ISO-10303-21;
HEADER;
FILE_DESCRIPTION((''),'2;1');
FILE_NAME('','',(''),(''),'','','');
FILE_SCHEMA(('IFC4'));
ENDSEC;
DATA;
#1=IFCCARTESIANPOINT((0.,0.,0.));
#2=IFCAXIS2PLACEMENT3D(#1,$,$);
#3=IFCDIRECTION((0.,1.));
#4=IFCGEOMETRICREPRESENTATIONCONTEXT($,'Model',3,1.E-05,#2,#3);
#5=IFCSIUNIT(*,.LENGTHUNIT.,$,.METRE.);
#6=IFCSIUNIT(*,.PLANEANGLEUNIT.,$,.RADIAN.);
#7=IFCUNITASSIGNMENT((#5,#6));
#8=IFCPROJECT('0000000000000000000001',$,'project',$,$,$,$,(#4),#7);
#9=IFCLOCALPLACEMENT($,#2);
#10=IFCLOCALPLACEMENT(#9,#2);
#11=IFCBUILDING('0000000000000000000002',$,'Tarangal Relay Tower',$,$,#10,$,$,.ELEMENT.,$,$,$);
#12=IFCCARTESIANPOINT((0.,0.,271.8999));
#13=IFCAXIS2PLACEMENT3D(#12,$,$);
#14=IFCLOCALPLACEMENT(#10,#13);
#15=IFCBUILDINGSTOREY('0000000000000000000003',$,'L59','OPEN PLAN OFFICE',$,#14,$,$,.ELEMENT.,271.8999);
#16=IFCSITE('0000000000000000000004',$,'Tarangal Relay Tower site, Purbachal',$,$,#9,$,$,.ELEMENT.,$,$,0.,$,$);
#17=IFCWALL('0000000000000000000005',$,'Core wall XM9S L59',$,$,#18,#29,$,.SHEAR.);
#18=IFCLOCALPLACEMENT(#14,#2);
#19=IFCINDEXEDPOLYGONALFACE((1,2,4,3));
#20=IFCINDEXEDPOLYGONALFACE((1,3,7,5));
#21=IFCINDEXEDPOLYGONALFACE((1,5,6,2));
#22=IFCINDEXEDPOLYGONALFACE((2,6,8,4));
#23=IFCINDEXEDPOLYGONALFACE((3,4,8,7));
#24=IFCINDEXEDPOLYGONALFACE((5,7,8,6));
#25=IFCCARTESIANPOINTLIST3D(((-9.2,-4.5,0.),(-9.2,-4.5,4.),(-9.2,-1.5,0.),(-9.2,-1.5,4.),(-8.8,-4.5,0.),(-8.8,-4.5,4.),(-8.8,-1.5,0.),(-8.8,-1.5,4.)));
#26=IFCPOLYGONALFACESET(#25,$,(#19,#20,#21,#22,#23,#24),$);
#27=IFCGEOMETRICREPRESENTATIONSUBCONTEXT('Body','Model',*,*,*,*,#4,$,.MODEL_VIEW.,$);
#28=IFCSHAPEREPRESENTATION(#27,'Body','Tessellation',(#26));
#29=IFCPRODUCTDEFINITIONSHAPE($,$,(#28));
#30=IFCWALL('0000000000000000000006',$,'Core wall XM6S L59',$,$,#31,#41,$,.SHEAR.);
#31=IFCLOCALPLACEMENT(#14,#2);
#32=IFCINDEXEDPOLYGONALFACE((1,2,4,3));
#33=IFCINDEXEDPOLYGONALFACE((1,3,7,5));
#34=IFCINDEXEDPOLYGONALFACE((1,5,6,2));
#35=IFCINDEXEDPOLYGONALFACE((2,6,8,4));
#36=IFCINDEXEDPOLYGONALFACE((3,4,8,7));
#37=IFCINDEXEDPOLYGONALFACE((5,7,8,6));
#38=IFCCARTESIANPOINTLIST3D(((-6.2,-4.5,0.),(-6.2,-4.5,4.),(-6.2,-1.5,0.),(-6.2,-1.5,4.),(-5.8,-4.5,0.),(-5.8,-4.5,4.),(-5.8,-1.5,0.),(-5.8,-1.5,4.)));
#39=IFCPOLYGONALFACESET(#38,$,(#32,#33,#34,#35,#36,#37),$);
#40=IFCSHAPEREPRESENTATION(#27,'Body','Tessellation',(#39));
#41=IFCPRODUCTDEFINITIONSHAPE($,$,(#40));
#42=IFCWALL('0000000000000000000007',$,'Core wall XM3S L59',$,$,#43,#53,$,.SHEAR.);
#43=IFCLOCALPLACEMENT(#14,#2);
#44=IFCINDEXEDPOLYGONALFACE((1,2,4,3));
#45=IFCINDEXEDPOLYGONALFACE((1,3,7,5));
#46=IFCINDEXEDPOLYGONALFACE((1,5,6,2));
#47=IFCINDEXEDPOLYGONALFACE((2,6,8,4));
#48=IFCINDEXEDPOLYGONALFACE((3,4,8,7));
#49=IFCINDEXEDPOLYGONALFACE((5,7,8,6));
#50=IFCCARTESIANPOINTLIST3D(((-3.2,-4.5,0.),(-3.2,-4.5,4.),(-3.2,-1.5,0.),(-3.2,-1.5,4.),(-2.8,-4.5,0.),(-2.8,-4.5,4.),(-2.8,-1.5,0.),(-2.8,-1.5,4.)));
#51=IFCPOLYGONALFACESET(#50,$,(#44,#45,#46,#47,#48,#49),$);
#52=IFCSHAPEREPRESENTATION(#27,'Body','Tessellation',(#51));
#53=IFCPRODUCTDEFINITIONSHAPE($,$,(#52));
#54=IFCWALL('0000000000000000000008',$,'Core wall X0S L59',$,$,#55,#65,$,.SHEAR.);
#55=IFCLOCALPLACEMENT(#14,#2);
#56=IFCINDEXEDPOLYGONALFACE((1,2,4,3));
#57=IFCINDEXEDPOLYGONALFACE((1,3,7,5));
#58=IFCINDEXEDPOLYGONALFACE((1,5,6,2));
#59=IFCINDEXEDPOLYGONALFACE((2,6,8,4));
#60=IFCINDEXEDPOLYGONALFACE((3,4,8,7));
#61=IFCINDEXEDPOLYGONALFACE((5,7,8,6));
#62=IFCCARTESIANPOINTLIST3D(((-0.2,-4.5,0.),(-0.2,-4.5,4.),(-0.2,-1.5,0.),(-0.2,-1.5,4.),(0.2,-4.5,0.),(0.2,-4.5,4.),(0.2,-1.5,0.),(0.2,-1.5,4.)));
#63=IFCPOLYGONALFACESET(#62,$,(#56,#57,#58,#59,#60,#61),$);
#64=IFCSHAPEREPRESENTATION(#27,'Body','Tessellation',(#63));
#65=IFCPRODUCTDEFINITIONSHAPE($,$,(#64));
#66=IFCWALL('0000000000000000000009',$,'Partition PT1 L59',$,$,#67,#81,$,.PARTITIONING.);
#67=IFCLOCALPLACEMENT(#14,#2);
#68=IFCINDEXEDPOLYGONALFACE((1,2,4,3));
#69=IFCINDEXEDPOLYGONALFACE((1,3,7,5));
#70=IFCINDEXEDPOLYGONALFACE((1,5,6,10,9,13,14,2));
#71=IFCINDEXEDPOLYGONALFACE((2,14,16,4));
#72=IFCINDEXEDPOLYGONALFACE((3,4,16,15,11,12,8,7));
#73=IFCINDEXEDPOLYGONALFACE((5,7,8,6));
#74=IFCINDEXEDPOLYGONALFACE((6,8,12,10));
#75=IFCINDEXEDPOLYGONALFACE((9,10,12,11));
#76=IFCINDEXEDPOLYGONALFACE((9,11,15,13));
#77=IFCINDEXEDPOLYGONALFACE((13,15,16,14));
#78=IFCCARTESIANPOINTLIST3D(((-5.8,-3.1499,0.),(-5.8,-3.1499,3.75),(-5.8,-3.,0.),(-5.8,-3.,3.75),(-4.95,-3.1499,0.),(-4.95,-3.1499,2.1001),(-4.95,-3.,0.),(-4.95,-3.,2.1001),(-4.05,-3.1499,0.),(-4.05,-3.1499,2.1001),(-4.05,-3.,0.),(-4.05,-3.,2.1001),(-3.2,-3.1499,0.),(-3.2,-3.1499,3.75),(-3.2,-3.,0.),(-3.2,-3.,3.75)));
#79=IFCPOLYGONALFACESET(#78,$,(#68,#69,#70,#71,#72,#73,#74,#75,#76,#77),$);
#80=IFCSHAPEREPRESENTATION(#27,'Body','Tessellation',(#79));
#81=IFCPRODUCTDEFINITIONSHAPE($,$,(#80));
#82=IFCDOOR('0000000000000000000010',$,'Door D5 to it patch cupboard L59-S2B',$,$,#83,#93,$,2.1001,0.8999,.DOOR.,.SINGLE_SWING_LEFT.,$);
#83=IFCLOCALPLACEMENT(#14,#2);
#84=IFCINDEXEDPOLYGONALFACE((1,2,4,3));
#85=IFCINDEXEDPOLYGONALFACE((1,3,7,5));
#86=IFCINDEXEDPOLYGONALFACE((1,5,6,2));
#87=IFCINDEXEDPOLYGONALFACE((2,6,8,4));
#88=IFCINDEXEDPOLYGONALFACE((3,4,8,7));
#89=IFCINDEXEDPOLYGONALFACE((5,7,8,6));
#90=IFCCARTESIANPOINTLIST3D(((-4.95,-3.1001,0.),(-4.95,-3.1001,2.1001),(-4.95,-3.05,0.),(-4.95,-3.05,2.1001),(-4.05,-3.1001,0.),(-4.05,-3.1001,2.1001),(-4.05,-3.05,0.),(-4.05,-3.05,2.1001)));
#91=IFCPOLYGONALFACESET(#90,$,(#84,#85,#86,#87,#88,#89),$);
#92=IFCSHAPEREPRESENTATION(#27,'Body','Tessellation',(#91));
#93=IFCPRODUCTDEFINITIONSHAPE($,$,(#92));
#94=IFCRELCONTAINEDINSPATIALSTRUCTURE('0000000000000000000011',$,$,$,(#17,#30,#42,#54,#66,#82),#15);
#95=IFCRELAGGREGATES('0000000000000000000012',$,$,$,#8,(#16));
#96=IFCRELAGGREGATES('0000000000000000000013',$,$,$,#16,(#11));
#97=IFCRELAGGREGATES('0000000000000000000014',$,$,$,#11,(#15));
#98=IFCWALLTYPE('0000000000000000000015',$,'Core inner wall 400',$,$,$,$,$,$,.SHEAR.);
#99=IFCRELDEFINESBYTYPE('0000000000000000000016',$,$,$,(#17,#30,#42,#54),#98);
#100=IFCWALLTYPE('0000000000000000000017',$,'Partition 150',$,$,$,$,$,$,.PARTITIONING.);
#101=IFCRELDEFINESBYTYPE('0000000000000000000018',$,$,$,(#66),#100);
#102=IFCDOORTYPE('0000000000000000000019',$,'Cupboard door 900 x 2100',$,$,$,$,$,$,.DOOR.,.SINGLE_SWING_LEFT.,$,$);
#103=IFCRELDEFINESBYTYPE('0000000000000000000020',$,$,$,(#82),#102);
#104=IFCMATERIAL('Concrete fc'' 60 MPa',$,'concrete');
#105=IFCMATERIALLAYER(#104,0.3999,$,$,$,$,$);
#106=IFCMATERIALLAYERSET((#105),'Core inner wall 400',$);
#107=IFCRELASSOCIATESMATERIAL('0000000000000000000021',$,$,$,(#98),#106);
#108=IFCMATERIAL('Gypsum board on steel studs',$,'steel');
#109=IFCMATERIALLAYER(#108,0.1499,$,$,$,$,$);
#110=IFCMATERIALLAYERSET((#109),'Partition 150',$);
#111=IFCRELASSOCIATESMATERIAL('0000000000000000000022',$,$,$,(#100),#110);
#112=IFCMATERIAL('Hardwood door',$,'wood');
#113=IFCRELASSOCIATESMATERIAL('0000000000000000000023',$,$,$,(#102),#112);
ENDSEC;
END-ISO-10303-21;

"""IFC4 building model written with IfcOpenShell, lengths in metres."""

from ifc_helpers import new_model, si_unit, direction, frame, frame_2d, origin, place, context, subcontext, project, spatial, rectangle, extrude, material, layer, layer_set, type_object, element, fill, save


model = new_model("IFC4")

# Units and contexts
model_context = context("Model", 3, precision=1e-05, world=origin(), true_north=direction((0.0, 1.0)))
body_context = subcontext(model_context, "Body", "Model", "MODEL_VIEW")
ifc_project = project(units=[si_unit("LENGTHUNIT", "METRE"), si_unit("PLANEANGLEUNIT", "RADIAN")], contexts=[model_context])

# Site, building, storey
site_placement = place(None, origin())
site = spatial("IfcSite", under=ifc_project, at=site_placement, Name="Tarangal Relay Tower site, Purbachal", CompositionType="ELEMENT", RefElevation=0.0)
building_placement = place(site_placement, origin())
building = spatial("IfcBuilding", under=site, at=building_placement, Name="Tarangal Relay Tower", CompositionType="ELEMENT")
storey_placement = place(building_placement, frame((0.0, 0.0, 271.8999)))
storey = spatial("IfcBuildingStorey", under=building, at=storey_placement, Name="L59", Description="OPEN PLAN OFFICE", CompositionType="ELEMENT", Elevation=271.8999)

# Shared definitions
ifc_material_1 = material(Name="Concrete fc' 60 MPa", Category="concrete")
ifc_layer_1 = layer(ifc_material_1, 0.3999)
ifc_layer_set_1 = layer_set([ifc_layer_1], Name="Core inner wall 400")
wall_type_1 = type_object("IfcWallType", Name="Core inner wall 400", PredefinedType="SHEAR", material=ifc_layer_set_1)

# Shared definitions
ifc_material_2 = material(Name="Hardwood door", Category="wood")

# Walls
for number, where, z_axis, x_axis, name in (
    (1, (-9.0, -4.5, 0.0), (0.0, 0.0, 1.0), (0.0, 1.0, 0.0), "Core wall XM9S L59"),
    (2, (-6.0, -4.5, 0.0), (0.0, 0.0, 1.0), (0.0, 1.0, 0.0), "Core wall XM6S L59"),
    (3, (-3.0, -4.5, 0.0), (0.0, 0.0, 1.0), (0.0, 1.0, 0.0), "Core wall XM3S L59"),
    (4, (0.0, -4.5, 0.0), (0.0, 0.0, 1.0), (0.0, 1.0, 0.0), "Core wall X0S L59"),
):
    element("IfcWall", number, at=place(storey_placement, frame(where, z_axis=z_axis, x_axis=x_axis)), inside=storey, type_object=wall_type_1, Name=name, PredefinedType="SHEAR", context=body_context, shape_type="SweptSolid", body=[
        extrude(rectangle(XDim=3.0, YDim=0.3999, at=frame_2d((1.5, 0.0))), origin(), (0.0, 0.0, 1.0), 4.0),
    ])

# Wall, opening, door
ifc_material_3 = material(Name="Gypsum board on steel studs", Category="steel")
ifc_layer_2 = layer(ifc_material_3, 0.1499)
ifc_layer_set_2 = layer_set([ifc_layer_2], Name="Partition 150")
wall_type_2 = type_object("IfcWallType", Name="Partition 150", PredefinedType="PARTITIONING", material=ifc_layer_set_2)
wall_1_placement = place(storey_placement, frame((-5.8, -3.075, 0.0), z_axis=(0.0, 0.0, 1.0), x_axis=(1.0, 0.0, 0.0)))
wall_1 = element("IfcWall", 5, at=wall_1_placement, inside=storey, type_object=wall_type_2, Name="Partition PT1 L59", PredefinedType="PARTITIONING", context=body_context, shape_type="SweptSolid", body=[
    extrude(rectangle(XDim=2.6001, YDim=0.1499, at=frame_2d((1.3, 0.0))), origin(), (0.0, 0.0, 1.0), 3.75),
])
opening_1_placement = place(wall_1_placement, frame((0.8501, 0.0, 0.0)))
opening_1 = element("IfcOpeningElement", 6, at=opening_1_placement, cuts=wall_1, PredefinedType="OPENING", context=body_context, shape_type="SweptSolid", body=[
    extrude(rectangle(XDim=0.8999, YDim=2.1001, at=frame_2d((0.45, 1.05))), frame((0.0, 0.085, 0.0), z_axis=(0.0, -1.0, 0.0), x_axis=(1.0, 0.0, 0.0)), (0.0, 0.0, 1.0), 0.1699),
])
door_type_1 = type_object("IfcDoorType", Name="Cupboard door 900 x 2100", OperationType="SINGLE_SWING_LEFT", PredefinedType="DOOR", material=ifc_material_2)
door_1_placement = place(opening_1_placement, origin())
door_1 = element("IfcDoor", 7, at=door_1_placement, inside=storey, type_object=door_type_1, Name="Door D5 to it patch cupboard L59-S2B", OperationType="SINGLE_SWING_LEFT", OverallHeight=2.1001, OverallWidth=0.8999, PredefinedType="DOOR", context=body_context, shape_type="SweptSolid", body=[
    extrude(rectangle(XDim=0.8999, YDim=2.1001, at=frame_2d((0.45, 1.05))), frame((0.0, 0.0249, 0.0), z_axis=(0.0, -1.0, 0.0), x_axis=(1.0, 0.0, 0.0)), (0.0, 0.0, 1.0), 0.05),
])
fill(opening_1, door_1)

save(model, "model.ifc")
